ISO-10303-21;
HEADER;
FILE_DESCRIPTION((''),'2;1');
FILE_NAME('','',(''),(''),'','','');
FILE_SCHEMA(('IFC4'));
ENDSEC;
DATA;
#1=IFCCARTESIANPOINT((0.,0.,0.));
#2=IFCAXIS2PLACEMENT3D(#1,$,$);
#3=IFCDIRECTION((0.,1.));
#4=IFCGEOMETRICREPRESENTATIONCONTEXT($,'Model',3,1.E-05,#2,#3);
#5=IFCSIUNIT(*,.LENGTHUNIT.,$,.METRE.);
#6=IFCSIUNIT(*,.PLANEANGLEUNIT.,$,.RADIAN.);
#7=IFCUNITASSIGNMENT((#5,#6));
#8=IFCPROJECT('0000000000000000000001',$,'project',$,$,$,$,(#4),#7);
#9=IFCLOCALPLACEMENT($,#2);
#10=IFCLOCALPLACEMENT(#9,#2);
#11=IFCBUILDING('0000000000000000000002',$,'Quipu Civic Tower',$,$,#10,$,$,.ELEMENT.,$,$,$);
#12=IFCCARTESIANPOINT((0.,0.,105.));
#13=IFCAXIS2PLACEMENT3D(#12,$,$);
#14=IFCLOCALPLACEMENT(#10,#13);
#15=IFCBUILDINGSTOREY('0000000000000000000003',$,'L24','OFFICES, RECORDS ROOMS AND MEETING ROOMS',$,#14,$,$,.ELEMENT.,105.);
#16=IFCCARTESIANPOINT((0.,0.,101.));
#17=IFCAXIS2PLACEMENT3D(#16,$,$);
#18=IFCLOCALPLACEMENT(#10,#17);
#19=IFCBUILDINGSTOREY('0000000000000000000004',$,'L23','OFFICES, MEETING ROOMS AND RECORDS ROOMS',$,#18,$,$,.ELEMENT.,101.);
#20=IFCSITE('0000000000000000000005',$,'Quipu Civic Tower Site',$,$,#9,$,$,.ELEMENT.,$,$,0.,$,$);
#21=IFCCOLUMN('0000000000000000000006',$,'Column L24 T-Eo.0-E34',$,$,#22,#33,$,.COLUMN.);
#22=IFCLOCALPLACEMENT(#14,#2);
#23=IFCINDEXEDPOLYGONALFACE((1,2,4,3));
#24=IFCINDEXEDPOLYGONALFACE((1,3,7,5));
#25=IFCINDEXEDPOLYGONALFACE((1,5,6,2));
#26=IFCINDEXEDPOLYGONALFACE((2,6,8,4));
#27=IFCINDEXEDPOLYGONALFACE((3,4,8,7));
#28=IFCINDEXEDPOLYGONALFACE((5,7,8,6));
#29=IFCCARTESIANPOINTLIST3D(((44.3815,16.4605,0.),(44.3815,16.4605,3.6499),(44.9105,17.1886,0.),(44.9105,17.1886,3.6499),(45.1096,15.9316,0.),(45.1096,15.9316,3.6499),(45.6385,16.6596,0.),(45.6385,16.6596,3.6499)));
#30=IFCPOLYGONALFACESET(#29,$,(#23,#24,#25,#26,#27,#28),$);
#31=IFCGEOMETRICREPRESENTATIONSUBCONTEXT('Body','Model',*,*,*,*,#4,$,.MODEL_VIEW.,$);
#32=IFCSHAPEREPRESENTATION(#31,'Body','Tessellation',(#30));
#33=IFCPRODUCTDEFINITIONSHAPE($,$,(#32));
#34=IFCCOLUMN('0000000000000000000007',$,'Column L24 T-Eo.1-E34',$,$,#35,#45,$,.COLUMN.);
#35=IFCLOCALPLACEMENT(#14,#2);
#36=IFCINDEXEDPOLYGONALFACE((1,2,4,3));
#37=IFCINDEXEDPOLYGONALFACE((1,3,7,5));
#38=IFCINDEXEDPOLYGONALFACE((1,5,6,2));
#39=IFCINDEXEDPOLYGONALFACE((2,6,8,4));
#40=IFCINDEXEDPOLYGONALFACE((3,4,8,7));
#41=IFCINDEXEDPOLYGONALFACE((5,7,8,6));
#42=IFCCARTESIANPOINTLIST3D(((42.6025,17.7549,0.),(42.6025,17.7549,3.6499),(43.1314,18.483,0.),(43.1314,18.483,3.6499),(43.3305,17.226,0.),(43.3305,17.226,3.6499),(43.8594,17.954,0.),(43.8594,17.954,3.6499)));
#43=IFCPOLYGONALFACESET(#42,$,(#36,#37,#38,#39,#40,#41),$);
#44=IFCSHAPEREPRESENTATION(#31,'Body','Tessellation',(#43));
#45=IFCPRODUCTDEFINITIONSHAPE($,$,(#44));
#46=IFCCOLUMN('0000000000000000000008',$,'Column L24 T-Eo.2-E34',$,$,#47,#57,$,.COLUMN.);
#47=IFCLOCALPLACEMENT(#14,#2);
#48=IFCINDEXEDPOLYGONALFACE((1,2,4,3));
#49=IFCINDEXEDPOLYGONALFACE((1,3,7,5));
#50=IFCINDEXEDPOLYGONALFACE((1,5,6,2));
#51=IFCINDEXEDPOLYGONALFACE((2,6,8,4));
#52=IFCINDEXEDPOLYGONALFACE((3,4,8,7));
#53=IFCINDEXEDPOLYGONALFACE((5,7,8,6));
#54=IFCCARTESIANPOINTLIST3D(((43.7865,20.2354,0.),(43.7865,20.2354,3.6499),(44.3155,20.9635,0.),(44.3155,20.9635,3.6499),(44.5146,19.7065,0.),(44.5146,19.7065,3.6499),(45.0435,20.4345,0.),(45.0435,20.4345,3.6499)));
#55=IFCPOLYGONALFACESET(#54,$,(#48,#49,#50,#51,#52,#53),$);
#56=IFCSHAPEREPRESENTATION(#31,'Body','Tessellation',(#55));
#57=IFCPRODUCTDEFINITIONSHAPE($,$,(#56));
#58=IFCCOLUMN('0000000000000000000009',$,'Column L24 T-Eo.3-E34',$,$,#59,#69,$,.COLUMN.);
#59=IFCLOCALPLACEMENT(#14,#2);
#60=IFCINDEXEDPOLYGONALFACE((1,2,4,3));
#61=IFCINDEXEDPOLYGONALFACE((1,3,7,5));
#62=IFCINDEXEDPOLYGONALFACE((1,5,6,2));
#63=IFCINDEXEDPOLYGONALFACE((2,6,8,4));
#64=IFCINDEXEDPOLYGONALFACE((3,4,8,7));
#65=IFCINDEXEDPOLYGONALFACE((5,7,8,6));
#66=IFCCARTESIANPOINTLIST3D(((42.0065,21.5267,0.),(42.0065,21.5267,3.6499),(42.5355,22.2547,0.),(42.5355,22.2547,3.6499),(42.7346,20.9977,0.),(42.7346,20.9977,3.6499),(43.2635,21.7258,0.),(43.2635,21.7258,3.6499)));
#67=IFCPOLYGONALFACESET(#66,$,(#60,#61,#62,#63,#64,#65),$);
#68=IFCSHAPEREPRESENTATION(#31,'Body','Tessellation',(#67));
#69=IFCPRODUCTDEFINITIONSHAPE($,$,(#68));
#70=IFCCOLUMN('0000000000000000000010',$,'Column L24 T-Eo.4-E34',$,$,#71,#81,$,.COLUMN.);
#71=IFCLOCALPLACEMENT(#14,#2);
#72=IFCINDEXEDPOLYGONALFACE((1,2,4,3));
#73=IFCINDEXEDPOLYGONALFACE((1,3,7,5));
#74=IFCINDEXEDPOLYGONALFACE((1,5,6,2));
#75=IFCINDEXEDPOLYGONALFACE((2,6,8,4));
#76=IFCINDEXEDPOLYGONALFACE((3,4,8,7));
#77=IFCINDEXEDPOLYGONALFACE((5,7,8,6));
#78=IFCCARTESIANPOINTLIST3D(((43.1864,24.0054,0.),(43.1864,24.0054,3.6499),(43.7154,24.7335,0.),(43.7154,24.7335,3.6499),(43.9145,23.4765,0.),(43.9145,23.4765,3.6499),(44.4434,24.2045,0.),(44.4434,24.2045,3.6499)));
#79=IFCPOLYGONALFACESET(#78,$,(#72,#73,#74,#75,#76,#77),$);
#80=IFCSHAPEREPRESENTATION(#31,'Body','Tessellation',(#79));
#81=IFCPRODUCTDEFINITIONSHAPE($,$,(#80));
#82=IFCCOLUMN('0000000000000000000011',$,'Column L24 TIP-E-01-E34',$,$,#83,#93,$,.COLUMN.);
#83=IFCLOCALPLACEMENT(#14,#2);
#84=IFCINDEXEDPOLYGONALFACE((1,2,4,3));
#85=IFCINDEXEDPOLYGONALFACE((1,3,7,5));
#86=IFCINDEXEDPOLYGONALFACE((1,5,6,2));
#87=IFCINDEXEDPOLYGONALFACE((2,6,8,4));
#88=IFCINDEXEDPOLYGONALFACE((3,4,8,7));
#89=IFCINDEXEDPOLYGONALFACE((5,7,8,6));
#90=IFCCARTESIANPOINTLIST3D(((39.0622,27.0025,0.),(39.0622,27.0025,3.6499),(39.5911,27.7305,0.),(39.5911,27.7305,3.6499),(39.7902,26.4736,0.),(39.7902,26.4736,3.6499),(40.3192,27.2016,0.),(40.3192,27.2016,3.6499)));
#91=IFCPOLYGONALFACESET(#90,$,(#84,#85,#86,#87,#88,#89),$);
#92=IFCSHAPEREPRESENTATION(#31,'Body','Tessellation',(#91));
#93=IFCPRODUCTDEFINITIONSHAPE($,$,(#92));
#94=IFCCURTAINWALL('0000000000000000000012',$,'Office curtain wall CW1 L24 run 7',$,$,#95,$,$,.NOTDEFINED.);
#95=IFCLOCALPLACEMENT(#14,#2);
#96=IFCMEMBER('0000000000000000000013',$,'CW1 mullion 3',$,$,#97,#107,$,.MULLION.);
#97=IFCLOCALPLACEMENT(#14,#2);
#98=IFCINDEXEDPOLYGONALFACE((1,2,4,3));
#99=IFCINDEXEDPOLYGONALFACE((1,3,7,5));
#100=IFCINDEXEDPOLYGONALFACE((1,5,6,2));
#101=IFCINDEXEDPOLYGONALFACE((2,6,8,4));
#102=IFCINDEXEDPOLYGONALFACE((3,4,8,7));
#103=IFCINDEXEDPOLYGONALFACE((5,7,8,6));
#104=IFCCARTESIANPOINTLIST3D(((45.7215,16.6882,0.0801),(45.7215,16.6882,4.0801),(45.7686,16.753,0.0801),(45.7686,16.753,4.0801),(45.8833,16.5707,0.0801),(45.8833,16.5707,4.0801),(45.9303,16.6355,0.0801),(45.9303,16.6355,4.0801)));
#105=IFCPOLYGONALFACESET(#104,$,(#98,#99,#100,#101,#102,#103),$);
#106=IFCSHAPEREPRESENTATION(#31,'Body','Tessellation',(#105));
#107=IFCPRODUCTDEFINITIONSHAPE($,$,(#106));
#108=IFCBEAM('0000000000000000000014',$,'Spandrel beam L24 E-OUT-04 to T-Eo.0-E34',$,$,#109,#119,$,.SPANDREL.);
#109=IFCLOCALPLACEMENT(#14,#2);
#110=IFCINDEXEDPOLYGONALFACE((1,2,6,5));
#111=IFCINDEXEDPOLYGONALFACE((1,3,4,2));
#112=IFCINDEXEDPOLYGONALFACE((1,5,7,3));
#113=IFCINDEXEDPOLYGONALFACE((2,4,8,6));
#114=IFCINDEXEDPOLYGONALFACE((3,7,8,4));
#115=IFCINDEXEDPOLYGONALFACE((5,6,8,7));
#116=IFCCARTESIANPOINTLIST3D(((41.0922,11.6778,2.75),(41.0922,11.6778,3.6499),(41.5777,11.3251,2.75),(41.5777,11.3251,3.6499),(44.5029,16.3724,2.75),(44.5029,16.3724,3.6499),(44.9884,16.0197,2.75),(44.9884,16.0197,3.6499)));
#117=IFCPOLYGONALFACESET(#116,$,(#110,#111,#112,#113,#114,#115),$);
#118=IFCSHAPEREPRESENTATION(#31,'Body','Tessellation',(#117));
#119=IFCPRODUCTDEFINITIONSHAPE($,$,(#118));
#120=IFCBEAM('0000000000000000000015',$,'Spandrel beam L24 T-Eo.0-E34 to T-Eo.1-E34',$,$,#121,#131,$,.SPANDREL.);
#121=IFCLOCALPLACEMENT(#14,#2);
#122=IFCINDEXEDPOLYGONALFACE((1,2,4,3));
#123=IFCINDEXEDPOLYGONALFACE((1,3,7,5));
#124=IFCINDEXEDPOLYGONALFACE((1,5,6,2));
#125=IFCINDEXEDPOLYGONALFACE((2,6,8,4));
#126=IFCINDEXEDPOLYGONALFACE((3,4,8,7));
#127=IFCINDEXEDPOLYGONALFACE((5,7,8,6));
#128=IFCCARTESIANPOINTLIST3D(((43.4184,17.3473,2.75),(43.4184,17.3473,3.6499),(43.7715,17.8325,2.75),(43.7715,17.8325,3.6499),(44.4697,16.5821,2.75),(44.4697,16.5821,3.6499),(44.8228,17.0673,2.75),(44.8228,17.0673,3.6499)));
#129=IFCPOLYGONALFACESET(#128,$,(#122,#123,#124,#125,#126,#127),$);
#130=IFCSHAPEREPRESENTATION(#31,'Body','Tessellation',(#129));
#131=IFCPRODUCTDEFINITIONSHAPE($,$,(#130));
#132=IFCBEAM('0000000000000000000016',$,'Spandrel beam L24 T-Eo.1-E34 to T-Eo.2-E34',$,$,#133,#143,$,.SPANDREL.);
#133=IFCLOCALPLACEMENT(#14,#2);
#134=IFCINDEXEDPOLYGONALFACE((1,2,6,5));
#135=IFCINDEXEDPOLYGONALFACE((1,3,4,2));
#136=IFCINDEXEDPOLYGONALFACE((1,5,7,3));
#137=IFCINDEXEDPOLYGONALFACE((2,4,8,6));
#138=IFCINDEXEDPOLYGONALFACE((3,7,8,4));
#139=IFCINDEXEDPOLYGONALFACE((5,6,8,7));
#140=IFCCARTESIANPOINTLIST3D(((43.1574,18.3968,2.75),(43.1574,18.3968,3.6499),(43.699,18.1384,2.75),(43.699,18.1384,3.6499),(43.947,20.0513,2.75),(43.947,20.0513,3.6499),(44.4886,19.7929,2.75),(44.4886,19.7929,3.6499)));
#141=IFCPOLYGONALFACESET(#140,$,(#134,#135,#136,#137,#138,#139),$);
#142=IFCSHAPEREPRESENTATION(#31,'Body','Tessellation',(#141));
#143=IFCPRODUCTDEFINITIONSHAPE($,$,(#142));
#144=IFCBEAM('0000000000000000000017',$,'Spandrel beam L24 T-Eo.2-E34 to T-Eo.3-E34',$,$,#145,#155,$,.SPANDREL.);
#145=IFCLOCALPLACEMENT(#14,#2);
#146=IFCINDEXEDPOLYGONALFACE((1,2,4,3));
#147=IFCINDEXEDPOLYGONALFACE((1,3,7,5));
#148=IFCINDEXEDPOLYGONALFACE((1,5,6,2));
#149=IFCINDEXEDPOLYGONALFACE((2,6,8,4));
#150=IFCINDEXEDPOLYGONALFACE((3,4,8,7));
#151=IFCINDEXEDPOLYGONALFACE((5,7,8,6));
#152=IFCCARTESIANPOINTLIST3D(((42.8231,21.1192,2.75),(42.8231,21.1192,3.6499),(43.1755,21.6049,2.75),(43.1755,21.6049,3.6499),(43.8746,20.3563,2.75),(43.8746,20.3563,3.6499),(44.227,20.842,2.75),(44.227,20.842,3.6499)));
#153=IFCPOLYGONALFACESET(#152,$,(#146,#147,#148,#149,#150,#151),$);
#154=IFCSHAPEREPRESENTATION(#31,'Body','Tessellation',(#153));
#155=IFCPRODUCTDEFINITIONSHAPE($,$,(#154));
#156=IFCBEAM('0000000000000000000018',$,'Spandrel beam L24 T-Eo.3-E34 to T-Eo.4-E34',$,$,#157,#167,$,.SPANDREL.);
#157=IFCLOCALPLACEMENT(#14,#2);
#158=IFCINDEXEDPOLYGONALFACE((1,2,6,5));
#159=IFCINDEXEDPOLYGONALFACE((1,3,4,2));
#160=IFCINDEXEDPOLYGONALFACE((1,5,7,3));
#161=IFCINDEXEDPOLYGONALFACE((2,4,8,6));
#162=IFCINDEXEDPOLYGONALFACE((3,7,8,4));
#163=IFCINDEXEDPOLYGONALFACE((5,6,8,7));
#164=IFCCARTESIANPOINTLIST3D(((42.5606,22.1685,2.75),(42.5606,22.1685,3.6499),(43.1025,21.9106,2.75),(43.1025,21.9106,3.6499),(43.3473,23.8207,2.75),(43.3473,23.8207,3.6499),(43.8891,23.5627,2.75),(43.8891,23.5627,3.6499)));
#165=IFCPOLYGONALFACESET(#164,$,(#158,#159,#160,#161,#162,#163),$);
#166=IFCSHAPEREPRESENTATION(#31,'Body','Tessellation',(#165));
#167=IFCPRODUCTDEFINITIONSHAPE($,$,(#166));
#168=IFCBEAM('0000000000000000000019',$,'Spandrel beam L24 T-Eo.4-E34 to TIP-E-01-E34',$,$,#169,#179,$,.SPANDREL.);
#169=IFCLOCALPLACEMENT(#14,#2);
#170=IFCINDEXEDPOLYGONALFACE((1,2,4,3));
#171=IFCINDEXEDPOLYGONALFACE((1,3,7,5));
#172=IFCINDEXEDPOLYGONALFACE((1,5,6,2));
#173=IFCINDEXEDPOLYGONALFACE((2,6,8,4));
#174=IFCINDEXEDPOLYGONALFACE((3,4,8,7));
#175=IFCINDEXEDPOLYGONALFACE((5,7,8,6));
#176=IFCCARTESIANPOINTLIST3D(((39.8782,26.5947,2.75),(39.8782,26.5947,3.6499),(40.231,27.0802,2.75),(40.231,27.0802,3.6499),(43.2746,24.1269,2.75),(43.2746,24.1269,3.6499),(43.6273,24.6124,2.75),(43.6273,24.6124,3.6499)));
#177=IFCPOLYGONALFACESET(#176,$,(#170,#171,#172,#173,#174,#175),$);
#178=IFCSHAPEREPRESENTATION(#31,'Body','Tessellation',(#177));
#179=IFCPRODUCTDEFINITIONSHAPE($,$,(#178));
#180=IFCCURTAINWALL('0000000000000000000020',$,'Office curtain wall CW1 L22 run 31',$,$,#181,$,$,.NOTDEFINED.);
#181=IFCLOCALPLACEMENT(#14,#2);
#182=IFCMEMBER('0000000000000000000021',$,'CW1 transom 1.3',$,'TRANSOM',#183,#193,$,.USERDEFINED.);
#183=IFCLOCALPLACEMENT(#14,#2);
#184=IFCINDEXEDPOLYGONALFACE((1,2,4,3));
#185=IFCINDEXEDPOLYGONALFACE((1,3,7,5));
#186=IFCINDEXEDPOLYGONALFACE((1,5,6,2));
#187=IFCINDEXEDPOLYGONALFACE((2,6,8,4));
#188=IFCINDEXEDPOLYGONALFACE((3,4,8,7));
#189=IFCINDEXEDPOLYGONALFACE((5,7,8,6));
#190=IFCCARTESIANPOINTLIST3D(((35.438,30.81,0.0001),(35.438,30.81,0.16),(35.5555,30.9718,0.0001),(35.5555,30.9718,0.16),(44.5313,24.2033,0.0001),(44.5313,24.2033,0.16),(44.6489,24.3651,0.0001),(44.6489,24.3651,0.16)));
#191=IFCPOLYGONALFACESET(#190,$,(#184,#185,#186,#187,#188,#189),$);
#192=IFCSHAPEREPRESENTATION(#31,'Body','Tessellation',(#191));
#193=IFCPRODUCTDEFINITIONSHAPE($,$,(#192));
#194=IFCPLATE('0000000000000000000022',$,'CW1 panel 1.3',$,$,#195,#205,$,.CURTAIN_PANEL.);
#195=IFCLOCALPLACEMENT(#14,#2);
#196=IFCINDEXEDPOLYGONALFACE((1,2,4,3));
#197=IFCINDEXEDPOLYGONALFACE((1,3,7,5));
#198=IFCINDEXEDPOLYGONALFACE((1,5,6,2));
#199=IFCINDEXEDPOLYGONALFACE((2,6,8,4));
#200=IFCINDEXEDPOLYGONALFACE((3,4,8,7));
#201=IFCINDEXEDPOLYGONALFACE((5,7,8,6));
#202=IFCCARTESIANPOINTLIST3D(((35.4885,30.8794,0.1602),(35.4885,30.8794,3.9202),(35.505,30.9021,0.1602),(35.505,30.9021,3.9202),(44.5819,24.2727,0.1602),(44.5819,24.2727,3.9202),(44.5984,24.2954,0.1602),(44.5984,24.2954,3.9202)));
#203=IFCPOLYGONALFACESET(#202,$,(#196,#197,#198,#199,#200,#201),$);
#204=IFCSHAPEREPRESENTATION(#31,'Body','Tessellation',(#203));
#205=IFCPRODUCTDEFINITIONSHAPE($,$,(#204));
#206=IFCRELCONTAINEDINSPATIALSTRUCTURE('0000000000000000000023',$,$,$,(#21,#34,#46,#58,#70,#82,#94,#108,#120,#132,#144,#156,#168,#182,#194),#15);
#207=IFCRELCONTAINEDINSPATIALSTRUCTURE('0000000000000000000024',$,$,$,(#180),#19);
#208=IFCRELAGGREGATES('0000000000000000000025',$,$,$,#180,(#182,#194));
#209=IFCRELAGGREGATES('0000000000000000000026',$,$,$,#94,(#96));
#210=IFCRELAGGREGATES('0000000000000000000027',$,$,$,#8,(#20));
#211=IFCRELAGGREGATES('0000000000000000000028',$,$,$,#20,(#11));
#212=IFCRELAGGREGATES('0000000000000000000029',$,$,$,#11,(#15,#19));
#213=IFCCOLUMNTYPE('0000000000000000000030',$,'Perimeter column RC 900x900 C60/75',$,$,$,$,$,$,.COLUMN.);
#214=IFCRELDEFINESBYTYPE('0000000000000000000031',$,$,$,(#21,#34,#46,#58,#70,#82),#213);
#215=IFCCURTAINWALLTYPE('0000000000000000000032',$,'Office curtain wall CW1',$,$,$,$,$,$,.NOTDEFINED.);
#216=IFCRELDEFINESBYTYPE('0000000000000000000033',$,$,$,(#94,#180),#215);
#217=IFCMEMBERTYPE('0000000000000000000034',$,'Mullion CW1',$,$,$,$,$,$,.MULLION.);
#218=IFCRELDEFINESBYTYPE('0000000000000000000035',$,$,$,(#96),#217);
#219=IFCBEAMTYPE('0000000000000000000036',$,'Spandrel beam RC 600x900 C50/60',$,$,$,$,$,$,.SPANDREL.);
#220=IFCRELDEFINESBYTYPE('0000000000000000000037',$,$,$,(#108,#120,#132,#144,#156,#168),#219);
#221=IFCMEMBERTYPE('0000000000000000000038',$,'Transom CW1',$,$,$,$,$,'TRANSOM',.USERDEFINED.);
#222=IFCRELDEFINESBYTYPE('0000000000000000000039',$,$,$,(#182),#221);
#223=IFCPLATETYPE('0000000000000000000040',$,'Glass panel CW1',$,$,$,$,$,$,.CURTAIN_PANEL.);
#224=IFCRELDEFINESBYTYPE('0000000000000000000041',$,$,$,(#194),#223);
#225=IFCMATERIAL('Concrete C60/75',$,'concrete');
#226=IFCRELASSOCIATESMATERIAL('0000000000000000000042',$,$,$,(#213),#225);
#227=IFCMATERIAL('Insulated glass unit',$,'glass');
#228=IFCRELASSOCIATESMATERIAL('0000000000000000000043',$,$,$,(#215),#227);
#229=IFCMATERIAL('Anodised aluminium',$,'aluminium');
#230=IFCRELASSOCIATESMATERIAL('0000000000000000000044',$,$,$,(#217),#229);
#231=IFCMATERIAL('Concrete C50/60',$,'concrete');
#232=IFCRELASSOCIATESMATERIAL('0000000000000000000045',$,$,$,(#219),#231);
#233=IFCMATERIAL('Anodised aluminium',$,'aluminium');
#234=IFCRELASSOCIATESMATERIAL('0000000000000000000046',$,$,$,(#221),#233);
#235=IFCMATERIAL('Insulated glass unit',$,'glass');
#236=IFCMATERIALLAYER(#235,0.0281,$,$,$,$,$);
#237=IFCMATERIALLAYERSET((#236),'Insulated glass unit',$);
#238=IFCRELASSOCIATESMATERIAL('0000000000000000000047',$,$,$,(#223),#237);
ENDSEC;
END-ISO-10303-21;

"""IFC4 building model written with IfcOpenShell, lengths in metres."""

from ifc_helpers import new_model, si_unit, direction, frame, origin, origin_2d, place, context, subcontext, project, spatial, rectangle, extrude, material, layer, layer_set, material_profile, profile_set, type_object, element, aggregate, save


model = new_model("IFC4")

# Units and contexts
model_context = context("Model", 3, precision=1e-05, world=origin(), true_north=direction((0.0, 1.0)))
body_context = subcontext(model_context, "Body", "Model", "MODEL_VIEW")
ifc_project = project(units=[si_unit("LENGTHUNIT", "METRE"), si_unit("PLANEANGLEUNIT", "RADIAN")], contexts=[model_context])

# Site, building, storey
site_placement = place(None, origin())
site = spatial("IfcSite", under=ifc_project, at=site_placement, Name="Quipu Civic Tower Site", CompositionType="ELEMENT", RefElevation=0.0)
building_placement = place(site_placement, origin())
building = spatial("IfcBuilding", under=site, at=building_placement, Name="Quipu Civic Tower", CompositionType="ELEMENT")
storey_1_placement = place(building_placement, frame((0.0, 0.0, 105.0)))
storey_1 = spatial("IfcBuildingStorey", under=building, at=storey_1_placement, Name="L24", Description="OFFICES, RECORDS ROOMS AND MEETING ROOMS", CompositionType="ELEMENT", Elevation=105.0)

# Columns
ifc_material_1 = material(Name="Concrete C60/75", Category="concrete")
ifc_material_profile_1 = material_profile(ifc_material_1, rectangle(XDim=0.8999, YDim=0.8999, at=origin_2d()), Name="RC900x900")
ifc_profile_set_1 = profile_set([ifc_material_profile_1], Name="Concrete C60/75")
column_type = type_object("IfcColumnType", Name="Perimeter column RC 900x900 C60/75", PredefinedType="COLUMN", material=ifc_profile_set_1)
for number, where, z_axis, x_axis, name in (
    (1, (45.01, 16.5601, 0.0), (0.0, 0.0, 1.0), (0.587785, 0.809017, 0.0), "Column L24 T-Eo.0-E34"),
    (2, (43.231, 17.8545, 0.0), (0.0, 0.0, 1.0), (0.587785, 0.809017, 0.0), "Column L24 T-Eo.1-E34"),
    (3, (44.415, 20.335, 0.0), (0.0, 0.0, 1.0), (0.587785, 0.809017, 0.0), "Column L24 T-Eo.2-E34"),
    (4, (42.635, 21.6262, 0.0), (0.0, 0.0, 1.0), (-0.809017, 0.587785, 0.0), "Column L24 T-Eo.3-E34"),
    (5, (43.8149, 24.105, 0.0), (0.0, 0.0, 1.0), (-0.809017, 0.587785, 0.0), "Column L24 T-Eo.4-E34"),
    (6, (39.6907, 27.1021, 0.0), (0.0, 0.0, 1.0), (-0.809017, 0.587785, 0.0), "Column L24 TIP-E-01-E34"),
):
    element("IfcColumn", number, at=place(storey_1_placement, frame(where, z_axis=z_axis, x_axis=x_axis)), inside=storey_1, type_object=column_type, Name=name, PredefinedType="COLUMN", context=body_context, shape_type="SweptSolid", body=[
        extrude(rectangle(XDim=0.8999, YDim=0.8999, at=origin_2d()), origin(), (0.0, 0.0, 1.0), 3.6499),
    ])

# Curtain wall, member
ifc_material_2 = material(Name="Insulated glass unit", Category="glass")
curtain_wall_type = type_object("IfcCurtainWallType", Name="Office curtain wall CW1", PredefinedType="NOTDEFINED", material=ifc_material_2)
curtain_wall_1_placement = place(storey_1_placement, origin())
curtain_wall_1 = element("IfcCurtainWall", 7, at=curtain_wall_1_placement, inside=storey_1, type_object=curtain_wall_type, Name="Office curtain wall CW1 L24 run 7", PredefinedType="NOTDEFINED")
ifc_material_3 = material(Name="Anodised aluminium", Category="aluminium")
ifc_material_profile_2 = material_profile(ifc_material_3, rectangle(XDim=0.2, YDim=0.0801, at=origin_2d()), Name="RECT 200x80")
ifc_profile_set_2 = profile_set([ifc_material_profile_2], Name="Anodised aluminium")
member_type_1 = type_object("IfcMemberType", Name="Mullion CW1", PredefinedType="MULLION", material=ifc_profile_set_2)
member_1_placement = place(storey_1_placement, frame((45.8259, 16.6619, 0.0801), z_axis=(0.0, 0.0, 1.0), x_axis=(-0.809015, 0.587788, 0.0)))
member_1 = element("IfcMember", 8, at=member_1_placement, type_object=member_type_1, Name="CW1 mullion 3", PredefinedType="MULLION", context=body_context, shape_type="SweptSolid", body=[
    extrude(rectangle(XDim=0.2, YDim=0.0801, at=origin_2d()), origin(), (0.0, 0.0, 1.0), 4.0),
])

# Beams
ifc_material_4 = material(Name="Concrete C50/60", Category="concrete")
ifc_material_profile_3 = material_profile(ifc_material_4, rectangle(XDim=0.6001, YDim=0.8999, at=origin_2d()), Name="RC600x900")
ifc_profile_set_3 = profile_set([ifc_material_profile_3], Name="Concrete C50/60")
beam_type = type_object("IfcBeamType", Name="Spandrel beam RC 600x900 C50/60", PredefinedType="SPANDREL", material=ifc_profile_set_3)
beam_1_placement = place(storey_1_placement, frame((41.335, 11.5015, 3.2), z_axis=(0.587766, 0.809031, 0.0), x_axis=(-0.809031, 0.587766, 0.0)))
element("IfcBeam", 9, at=beam_1_placement, inside=storey_1, type_object=beam_type, Name="Spandrel beam L24 E-OUT-04 to T-Eo.0-E34", PredefinedType="SPANDREL", context=body_context, shape_type="SweptSolid", body=[
    extrude(rectangle(XDim=0.6001, YDim=0.8999, at=origin_2d()), origin(), (0.0, 0.0, 1.0), 5.8027),
])
beam_2_placement = place(storey_1_placement, frame((44.6462, 16.8247, 3.2), z_axis=(-0.808525, 0.588462, 0.0), x_axis=(-0.588462, -0.808525, 0.0)))
element("IfcBeam", 10, at=beam_2_placement, inside=storey_1, type_object=beam_type, Name="Spandrel beam L24 T-Eo.0-E34 to T-Eo.1-E34", PredefinedType="SPANDREL", context=body_context, shape_type="SweptSolid", body=[
    extrude(rectangle(XDim=0.6001, YDim=0.8999, at=origin_2d()), origin(), (0.0, 0.0, 1.0), 1.3003),
])
beam_3_placement = place(storey_1_placement, frame((43.4282, 18.2676, 3.2), z_axis=(0.430678, 0.902506, 0.0), x_axis=(-0.902506, 0.430678, 0.0)))
element("IfcBeam", 11, at=beam_3_placement, inside=storey_1, type_object=beam_type, Name="Spandrel beam L24 T-Eo.1-E34 to T-Eo.2-E34", PredefinedType="SPANDREL", context=body_context, shape_type="SweptSolid", body=[
    extrude(rectangle(XDim=0.6001, YDim=0.8999, at=origin_2d()), origin(), (0.0, 0.0, 1.0), 1.8333),
])
beam_4_placement = place(storey_1_placement, frame((44.0508, 20.5991, 3.2), z_axis=(-0.809394, 0.587266, 0.0), x_axis=(-0.587266, -0.809394, 0.0)))
element("IfcBeam", 12, at=beam_4_placement, inside=storey_1, type_object=beam_type, Name="Spandrel beam L24 T-Eo.2-E34 to T-Eo.3-E34", PredefinedType="SPANDREL", context=body_context, shape_type="SweptSolid", body=[
    extrude(rectangle(XDim=0.6001, YDim=0.8999, at=origin_2d()), origin(), (0.0, 0.0, 1.0), 1.2991),
])
beam_5_placement = place(storey_1_placement, frame((42.8315, 22.0396, 3.2), z_axis=(0.429892, 0.90288, 0.0), x_axis=(-0.90288, 0.429892, 0.0)))
element("IfcBeam", 13, at=beam_5_placement, inside=storey_1, type_object=beam_type, Name="Spandrel beam L24 T-Eo.3-E34 to T-Eo.4-E34", PredefinedType="SPANDREL", context=body_context, shape_type="SweptSolid", body=[
    extrude(rectangle(XDim=0.6001, YDim=0.8999, at=origin_2d()), origin(), (0.0, 0.0, 1.0), 1.8298),
])
beam_6_placement = place(storey_1_placement, frame((43.4509, 24.3696, 3.2), z_axis=(-0.808987, 0.587826, 0.0), x_axis=(-0.587826, -0.808987, 0.0)))
element("IfcBeam", 14, at=beam_6_placement, inside=storey_1, type_object=beam_type, Name="Spandrel beam L24 T-Eo.4-E34 to TIP-E-01-E34", PredefinedType="SPANDREL", context=body_context, shape_type="SweptSolid", body=[
    extrude(rectangle(XDim=0.6001, YDim=0.8999, at=origin_2d()), origin(), (0.0, 0.0, 1.0), 4.1982),
])

# Shared definitions
storey_2_placement = place(building_placement, frame((0.0, 0.0, 101.0)))
storey_2 = spatial("IfcBuildingStorey", under=building, at=storey_2_placement, Name="L23", Description="OFFICES, MEETING ROOMS AND RECORDS ROOMS", CompositionType="ELEMENT", Elevation=101.0)

# Curtain wall, member, plate
curtain_wall_2_placement = place(storey_2_placement, origin())
curtain_wall_2 = element("IfcCurtainWall", 15, at=curtain_wall_2_placement, inside=storey_2, type_object=curtain_wall_type, Name="Office curtain wall CW1 L22 run 31", PredefinedType="NOTDEFINED")
ifc_material_5 = material(Name="Anodised aluminium", Category="aluminium")
ifc_material_profile_4 = material_profile(ifc_material_5, rectangle(XDim=0.2, YDim=0.1599, at=origin_2d()), Name="RECT 200x160")
ifc_profile_set_4 = profile_set([ifc_material_profile_4], Name="Anodised aluminium")
member_type_2 = type_object("IfcMemberType", Name="Transom CW1", ElementType="TRANSOM", PredefinedType="USERDEFINED", material=ifc_profile_set_4)
member_2_placement = place(storey_1_placement, frame((44.5901, 24.2842, 0.0801), z_axis=(-0.809015, 0.587788, 0.0), x_axis=(-0.587788, -0.809015, 0.0)))
member_2 = element("IfcMember", 16, at=member_2_placement, inside=storey_1, type_object=member_type_2, Name="CW1 transom 1.3", ObjectType="TRANSOM", PredefinedType="USERDEFINED", context=body_context, shape_type="SweptSolid", body=[
    extrude(rectangle(XDim=0.2, YDim=0.1599, at=origin_2d()), origin(), (0.0, 0.0, 1.0), 11.24),
])
ifc_material_6 = material(Name="Insulated glass unit", Category="glass")
ifc_layer_1 = layer(ifc_material_6, 0.0281)
ifc_layer_set_1 = layer_set([ifc_layer_1], Name="Insulated glass unit")
plate_type_1 = type_object("IfcPlateType", Name="Glass panel CW1", PredefinedType="CURTAIN_PANEL", material=ifc_layer_set_1)
plate_1_placement = place(storey_1_placement, frame((40.0435, 27.5874, 0.1602), z_axis=(0.0, 0.0, 1.0), x_axis=(-0.809015, 0.587788, 0.0)))
plate_1 = element("IfcPlate", 17, at=plate_1_placement, inside=storey_1, type_object=plate_type_1, Name="CW1 panel 1.3", PredefinedType="CURTAIN_PANEL", context=body_context, shape_type="SweptSolid", body=[
    extrude(rectangle(XDim=11.24, YDim=0.0281, at=origin_2d()), origin(), (0.0, 0.0, 1.0), 3.76),
])
aggregate(curtain_wall_2, [member_2, plate_1])

aggregate(curtain_wall_1, [member_1])

save(model, "model.ifc")
